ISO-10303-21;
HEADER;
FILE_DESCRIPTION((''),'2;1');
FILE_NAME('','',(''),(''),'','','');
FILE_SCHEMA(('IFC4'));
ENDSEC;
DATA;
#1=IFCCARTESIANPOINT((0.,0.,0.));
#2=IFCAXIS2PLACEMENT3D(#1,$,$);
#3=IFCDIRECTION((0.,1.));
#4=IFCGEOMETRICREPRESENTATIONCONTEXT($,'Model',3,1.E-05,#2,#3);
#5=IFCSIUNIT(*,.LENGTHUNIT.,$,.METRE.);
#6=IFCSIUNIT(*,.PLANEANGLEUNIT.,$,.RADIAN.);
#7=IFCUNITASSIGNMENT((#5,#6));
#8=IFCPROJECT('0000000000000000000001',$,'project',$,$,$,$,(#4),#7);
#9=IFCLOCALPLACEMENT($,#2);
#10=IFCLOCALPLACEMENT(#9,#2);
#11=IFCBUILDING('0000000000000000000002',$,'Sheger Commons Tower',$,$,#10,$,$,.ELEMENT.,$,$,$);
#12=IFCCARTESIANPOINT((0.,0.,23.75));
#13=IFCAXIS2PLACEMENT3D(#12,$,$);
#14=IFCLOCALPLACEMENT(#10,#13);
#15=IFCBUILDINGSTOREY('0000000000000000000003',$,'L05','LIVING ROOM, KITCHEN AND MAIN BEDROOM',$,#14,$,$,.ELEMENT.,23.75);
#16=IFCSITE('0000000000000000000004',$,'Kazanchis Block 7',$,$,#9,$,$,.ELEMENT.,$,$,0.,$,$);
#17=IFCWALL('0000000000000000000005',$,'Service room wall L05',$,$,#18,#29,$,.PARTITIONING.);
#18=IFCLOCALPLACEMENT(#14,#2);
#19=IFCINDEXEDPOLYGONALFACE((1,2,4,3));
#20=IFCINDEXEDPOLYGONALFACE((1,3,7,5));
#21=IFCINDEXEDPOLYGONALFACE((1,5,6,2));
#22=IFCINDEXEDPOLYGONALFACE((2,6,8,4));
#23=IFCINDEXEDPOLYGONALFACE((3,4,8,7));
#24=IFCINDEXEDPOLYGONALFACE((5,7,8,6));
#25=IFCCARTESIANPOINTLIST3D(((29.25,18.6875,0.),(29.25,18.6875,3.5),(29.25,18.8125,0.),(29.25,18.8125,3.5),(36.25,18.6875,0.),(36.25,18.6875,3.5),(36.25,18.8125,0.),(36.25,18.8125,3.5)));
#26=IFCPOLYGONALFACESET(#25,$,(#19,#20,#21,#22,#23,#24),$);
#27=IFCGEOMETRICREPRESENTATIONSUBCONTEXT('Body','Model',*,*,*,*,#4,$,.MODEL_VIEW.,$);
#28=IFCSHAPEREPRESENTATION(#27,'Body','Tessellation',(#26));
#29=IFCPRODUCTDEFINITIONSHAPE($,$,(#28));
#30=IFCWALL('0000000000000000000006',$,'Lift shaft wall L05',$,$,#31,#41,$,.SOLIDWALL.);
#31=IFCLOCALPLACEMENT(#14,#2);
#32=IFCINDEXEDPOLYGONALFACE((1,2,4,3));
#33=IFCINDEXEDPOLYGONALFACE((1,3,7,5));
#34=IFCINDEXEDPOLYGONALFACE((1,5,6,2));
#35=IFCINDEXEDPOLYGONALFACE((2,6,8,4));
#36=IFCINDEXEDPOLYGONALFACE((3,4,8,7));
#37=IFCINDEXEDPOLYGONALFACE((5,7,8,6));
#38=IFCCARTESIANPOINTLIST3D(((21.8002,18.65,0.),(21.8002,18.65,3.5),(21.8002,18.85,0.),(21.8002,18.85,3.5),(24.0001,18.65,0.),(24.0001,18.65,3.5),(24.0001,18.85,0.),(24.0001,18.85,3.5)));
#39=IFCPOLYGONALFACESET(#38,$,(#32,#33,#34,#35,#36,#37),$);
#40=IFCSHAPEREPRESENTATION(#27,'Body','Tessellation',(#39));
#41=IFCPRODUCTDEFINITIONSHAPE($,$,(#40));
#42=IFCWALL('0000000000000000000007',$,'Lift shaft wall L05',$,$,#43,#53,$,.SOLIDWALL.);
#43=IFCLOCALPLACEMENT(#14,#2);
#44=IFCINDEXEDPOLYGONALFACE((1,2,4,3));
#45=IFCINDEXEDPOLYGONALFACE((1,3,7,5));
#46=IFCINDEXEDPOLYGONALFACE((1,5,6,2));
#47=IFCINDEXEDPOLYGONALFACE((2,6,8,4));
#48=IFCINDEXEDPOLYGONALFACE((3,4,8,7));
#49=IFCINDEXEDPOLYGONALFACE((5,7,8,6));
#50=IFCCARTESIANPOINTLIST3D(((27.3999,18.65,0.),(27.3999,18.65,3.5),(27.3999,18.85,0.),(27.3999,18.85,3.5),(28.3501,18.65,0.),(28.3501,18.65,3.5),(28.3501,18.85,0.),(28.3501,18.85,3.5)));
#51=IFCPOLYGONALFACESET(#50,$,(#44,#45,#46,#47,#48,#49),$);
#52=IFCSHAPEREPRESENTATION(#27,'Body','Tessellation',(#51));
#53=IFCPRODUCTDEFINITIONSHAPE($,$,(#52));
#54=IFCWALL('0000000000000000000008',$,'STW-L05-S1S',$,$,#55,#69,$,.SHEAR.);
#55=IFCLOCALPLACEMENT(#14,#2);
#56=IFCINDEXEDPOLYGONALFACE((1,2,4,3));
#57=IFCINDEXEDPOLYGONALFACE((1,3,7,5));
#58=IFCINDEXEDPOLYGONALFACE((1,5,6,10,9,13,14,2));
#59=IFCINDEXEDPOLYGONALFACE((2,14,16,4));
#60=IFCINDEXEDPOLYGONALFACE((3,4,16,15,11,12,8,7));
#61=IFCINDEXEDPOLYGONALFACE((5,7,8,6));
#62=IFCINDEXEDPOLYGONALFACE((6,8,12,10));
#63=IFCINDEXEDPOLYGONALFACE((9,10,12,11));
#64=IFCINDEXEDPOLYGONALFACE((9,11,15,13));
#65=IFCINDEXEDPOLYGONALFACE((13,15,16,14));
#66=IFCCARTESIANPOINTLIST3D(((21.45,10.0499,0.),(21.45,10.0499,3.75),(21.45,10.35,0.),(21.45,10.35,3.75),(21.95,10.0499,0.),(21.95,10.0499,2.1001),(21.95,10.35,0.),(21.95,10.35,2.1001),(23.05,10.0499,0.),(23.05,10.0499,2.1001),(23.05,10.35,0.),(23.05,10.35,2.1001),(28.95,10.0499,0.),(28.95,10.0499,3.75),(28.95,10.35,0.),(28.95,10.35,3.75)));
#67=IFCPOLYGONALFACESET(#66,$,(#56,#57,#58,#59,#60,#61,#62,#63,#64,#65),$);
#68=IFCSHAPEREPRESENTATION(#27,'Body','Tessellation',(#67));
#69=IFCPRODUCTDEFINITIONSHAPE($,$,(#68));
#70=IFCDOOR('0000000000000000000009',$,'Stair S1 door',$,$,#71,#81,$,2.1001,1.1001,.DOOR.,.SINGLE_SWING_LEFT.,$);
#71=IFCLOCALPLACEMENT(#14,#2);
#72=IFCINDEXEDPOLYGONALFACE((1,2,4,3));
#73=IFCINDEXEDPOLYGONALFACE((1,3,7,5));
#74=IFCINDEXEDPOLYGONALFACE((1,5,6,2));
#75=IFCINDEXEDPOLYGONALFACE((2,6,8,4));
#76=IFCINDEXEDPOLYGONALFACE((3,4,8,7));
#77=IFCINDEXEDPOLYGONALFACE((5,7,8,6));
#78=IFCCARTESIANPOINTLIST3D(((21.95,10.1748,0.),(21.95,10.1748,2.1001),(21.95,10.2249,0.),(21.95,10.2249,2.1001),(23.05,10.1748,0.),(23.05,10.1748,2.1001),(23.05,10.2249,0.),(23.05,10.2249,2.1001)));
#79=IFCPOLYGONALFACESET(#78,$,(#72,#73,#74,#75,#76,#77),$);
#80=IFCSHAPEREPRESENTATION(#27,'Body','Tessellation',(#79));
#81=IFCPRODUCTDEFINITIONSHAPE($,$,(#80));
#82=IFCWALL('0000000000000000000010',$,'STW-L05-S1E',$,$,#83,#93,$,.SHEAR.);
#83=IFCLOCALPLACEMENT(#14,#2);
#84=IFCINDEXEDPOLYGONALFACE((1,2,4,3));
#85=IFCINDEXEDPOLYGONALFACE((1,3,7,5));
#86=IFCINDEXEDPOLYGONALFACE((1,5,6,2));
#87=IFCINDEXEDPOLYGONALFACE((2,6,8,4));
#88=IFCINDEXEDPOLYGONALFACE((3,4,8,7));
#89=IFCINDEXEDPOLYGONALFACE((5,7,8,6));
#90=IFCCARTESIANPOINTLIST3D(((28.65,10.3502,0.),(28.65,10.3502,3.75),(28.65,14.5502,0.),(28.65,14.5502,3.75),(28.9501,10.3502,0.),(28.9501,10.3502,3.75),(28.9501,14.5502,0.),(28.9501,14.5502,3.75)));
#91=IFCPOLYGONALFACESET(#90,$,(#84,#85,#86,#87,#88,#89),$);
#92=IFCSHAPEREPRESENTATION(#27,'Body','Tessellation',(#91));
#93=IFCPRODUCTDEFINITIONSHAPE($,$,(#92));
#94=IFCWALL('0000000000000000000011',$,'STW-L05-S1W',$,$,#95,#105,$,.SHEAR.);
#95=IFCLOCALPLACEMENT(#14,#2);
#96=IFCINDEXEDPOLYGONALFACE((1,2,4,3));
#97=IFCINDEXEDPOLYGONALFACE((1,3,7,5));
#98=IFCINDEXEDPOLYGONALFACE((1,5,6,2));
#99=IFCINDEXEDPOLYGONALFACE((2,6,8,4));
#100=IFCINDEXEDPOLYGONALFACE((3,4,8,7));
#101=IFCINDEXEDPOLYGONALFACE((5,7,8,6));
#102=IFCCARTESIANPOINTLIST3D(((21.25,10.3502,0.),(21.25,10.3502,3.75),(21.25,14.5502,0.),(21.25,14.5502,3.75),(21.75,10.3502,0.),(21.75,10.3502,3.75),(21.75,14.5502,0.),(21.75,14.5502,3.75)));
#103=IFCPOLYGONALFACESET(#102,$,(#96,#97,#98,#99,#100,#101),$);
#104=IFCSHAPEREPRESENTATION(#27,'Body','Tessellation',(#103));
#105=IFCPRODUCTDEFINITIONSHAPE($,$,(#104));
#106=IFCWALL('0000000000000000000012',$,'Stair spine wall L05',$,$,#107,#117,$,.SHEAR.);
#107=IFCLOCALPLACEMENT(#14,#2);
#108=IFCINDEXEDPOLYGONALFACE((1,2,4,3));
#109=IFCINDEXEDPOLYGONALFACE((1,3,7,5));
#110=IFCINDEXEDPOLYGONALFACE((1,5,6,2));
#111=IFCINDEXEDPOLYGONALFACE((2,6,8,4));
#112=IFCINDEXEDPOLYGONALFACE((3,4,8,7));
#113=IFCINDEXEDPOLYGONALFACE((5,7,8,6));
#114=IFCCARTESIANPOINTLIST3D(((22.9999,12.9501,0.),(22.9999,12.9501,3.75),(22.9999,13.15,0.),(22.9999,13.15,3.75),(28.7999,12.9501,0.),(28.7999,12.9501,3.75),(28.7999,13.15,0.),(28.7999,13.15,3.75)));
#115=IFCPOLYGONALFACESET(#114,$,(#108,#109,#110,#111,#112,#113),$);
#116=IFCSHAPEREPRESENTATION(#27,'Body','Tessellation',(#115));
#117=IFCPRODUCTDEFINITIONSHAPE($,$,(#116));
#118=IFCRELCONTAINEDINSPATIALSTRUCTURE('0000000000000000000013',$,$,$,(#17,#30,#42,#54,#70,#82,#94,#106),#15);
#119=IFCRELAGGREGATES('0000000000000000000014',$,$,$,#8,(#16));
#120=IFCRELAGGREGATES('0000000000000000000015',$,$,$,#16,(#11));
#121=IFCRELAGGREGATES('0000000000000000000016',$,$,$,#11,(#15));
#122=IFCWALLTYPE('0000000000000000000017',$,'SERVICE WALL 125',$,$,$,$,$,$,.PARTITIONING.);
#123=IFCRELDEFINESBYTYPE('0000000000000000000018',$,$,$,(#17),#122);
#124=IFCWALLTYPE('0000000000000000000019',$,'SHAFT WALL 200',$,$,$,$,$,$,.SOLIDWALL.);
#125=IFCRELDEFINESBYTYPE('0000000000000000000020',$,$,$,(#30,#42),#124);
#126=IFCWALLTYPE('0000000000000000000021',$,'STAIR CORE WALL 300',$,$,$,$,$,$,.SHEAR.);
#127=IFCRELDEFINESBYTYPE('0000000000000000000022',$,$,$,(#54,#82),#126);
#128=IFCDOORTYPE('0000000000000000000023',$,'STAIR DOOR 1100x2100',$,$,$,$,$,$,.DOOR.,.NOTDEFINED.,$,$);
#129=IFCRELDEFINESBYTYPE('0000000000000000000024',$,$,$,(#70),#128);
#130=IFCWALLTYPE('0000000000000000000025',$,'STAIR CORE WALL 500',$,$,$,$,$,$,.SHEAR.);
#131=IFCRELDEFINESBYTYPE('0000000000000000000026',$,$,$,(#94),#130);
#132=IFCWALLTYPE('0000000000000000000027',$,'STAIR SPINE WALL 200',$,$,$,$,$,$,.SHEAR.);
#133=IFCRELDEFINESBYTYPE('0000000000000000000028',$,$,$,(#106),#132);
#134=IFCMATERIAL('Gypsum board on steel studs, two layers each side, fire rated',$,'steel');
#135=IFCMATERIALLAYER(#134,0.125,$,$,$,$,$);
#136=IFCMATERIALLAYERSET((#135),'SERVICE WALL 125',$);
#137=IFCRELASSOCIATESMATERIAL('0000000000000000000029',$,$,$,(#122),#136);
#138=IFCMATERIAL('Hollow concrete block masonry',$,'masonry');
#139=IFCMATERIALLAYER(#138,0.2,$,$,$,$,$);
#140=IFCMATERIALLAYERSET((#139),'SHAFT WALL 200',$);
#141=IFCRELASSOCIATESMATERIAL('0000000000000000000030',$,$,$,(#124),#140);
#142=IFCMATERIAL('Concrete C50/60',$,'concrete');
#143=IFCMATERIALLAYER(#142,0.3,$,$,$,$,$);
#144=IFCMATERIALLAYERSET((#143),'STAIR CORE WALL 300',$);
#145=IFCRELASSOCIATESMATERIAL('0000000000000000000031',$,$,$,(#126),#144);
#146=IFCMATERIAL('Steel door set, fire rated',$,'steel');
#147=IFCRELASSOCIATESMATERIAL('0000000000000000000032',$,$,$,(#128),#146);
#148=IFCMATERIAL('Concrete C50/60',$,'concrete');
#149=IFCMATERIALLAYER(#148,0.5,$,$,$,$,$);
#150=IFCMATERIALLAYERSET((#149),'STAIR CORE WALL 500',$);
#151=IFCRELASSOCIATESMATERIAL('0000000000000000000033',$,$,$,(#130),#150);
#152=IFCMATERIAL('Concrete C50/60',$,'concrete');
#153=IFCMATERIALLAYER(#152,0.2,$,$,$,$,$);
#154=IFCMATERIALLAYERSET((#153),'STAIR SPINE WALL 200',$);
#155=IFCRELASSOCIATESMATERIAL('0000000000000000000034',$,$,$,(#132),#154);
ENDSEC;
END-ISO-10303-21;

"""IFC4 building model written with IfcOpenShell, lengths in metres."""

from ifc_helpers import new_model, si_unit, direction, frame, frame_2d, origin, place, context, subcontext, project, spatial, rectangle, extrude, material, layer, layer_set, type_object, element, fill, save


model = new_model("IFC4")

# Units and contexts
model_context = context("Model", 3, precision=1e-05, world=origin(), true_north=direction((0.0, 1.0)))
body_context = subcontext(model_context, "Body", "Model", "MODEL_VIEW")
ifc_project = project(units=[si_unit("LENGTHUNIT", "METRE"), si_unit("PLANEANGLEUNIT", "RADIAN")], contexts=[model_context])

# Site, building, storey
site_placement = place(None, origin())
site = spatial("IfcSite", under=ifc_project, at=site_placement, Name="Kazanchis Block 7", CompositionType="ELEMENT", RefElevation=0.0)
building_placement = place(site_placement, origin())
building = spatial("IfcBuilding", under=site, at=building_placement, Name="Sheger Commons Tower", CompositionType="ELEMENT")
storey_placement = place(building_placement, frame((0.0, 0.0, 23.75)))
storey = spatial("IfcBuildingStorey", under=building, at=storey_placement, Name="L05", Description="LIVING ROOM, KITCHEN AND MAIN BEDROOM", CompositionType="ELEMENT", Elevation=23.75)

# Walls
ifc_material_1 = material(Name="Gypsum board on steel studs, two layers each side, fire rated", Category="steel")
ifc_layer_1 = layer(ifc_material_1, 0.125)
ifc_layer_set_1 = layer_set([ifc_layer_1], Name="SERVICE WALL 125")
wall_type_1 = type_object("IfcWallType", Name="SERVICE WALL 125", PredefinedType="PARTITIONING", material=ifc_layer_set_1)
wall_1_placement = place(storey_placement, frame((29.25, 18.75, 0.0), z_axis=(0.0, 0.0, 1.0), x_axis=(1.0, 0.0, 0.0)))
element("IfcWall", 1, at=wall_1_placement, inside=storey, type_object=wall_type_1, Name="Service room wall L05", PredefinedType="PARTITIONING", context=body_context, shape_type="SweptSolid", body=[
    extrude(rectangle(XDim=7.0, YDim=0.125, at=frame_2d((3.5, 0.0))), origin(), (0.0, 0.0, 1.0), 3.5),
])
ifc_material_2 = material(Name="Hollow concrete block masonry", Category="masonry")
ifc_layer_2 = layer(ifc_material_2, 0.2)
ifc_layer_set_2 = layer_set([ifc_layer_2], Name="SHAFT WALL 200")
wall_type_2 = type_object("IfcWallType", Name="SHAFT WALL 200", PredefinedType="SOLIDWALL", material=ifc_layer_set_2)
wall_2_placement = place(storey_placement, frame((21.8, 18.75, 0.0), z_axis=(0.0, 0.0, 1.0), x_axis=(1.0, 0.0, 0.0)))
element("IfcWall", 2, at=wall_2_placement, inside=storey, type_object=wall_type_2, Name="Lift shaft wall L05", PredefinedType="SOLIDWALL", context=body_context, shape_type="SweptSolid", body=[
    extrude(rectangle(XDim=2.2, YDim=0.2, at=frame_2d((1.1001, 0.0))), origin(), (0.0, 0.0, 1.0), 3.5),
])
wall_3_placement = place(storey_placement, frame((27.3999, 18.75, 0.0), z_axis=(0.0, 0.0, 1.0), x_axis=(1.0, 0.0, 0.0)))
element("IfcWall", 3, at=wall_3_placement, inside=storey, type_object=wall_type_2, Name="Lift shaft wall L05", PredefinedType="SOLIDWALL", context=body_context, shape_type="SweptSolid", body=[
    extrude(rectangle(XDim=0.9502, YDim=0.2, at=frame_2d((0.4751, 0.0))), origin(), (0.0, 0.0, 1.0), 3.5),
])

# Wall, opening, door
ifc_material_3 = material(Name="Concrete C50/60", Category="concrete")
ifc_layer_3 = layer(ifc_material_3, 0.3)
ifc_layer_set_3 = layer_set([ifc_layer_3], Name="STAIR CORE WALL 300")
wall_type_3 = type_object("IfcWallType", Name="STAIR CORE WALL 300", PredefinedType="SHEAR", material=ifc_layer_set_3)
wall_4_placement = place(storey_placement, frame((21.45, 10.2, 0.0), z_axis=(0.0, 0.0, 1.0), x_axis=(1.0, 0.0, 0.0)))
wall_4 = element("IfcWall", 4, at=wall_4_placement, inside=storey, type_object=wall_type_3, Name="STW-L05-S1S", PredefinedType="SHEAR", context=body_context, shape_type="SweptSolid", body=[
    extrude(rectangle(XDim=7.5, YDim=0.3, at=frame_2d((3.75, 0.0))), origin(), (0.0, 0.0, 1.0), 3.75),
])
opening_1_placement = place(wall_4_placement, frame((0.5, 0.0, 0.0)))
opening_1 = element("IfcOpeningElement", 5, at=opening_1_placement, cuts=wall_4, PredefinedType="OPENING", context=body_context, shape_type="SweptSolid", body=[
    extrude(rectangle(XDim=1.1001, YDim=2.1001, at=frame_2d((0.55, 1.05))), frame((0.0, 0.1599, 0.0), z_axis=(0.0, -1.0, 0.0), x_axis=(1.0, 0.0, 0.0)), (0.0, 0.0, 1.0), 0.3201),
])
ifc_material_4 = material(Name="Steel door set, fire rated", Category="steel")
door_type_1 = type_object("IfcDoorType", Name="STAIR DOOR 1100x2100", OperationType="NOTDEFINED", PredefinedType="DOOR", material=ifc_material_4)
door_1_placement = place(opening_1_placement, origin())
door_1 = element("IfcDoor", 6, at=door_1_placement, inside=storey, type_object=door_type_1, Name="Stair S1 door", OperationType="SINGLE_SWING_LEFT", OverallHeight=2.1001, OverallWidth=1.1001, PredefinedType="DOOR", context=body_context, shape_type="SweptSolid", body=[
    extrude(rectangle(XDim=1.1001, YDim=2.1001, at=frame_2d((0.55, 1.05))), frame((0.0, 0.0249, 0.0), z_axis=(0.0, -1.0, 0.0), x_axis=(1.0, 0.0, 0.0)), (0.0, 0.0, 1.0), 0.05),
])
fill(opening_1, door_1)

# Walls
wall_5_placement = place(storey_placement, frame((28.8, 10.3501, 0.0), z_axis=(0.0, 0.0, 1.0), x_axis=(0.0, 1.0, 0.0)))
element("IfcWall", 7, at=wall_5_placement, inside=storey, type_object=wall_type_3, Name="STW-L05-S1E", PredefinedType="SHEAR", context=body_context, shape_type="SweptSolid", body=[
    extrude(rectangle(XDim=4.2, YDim=0.3, at=frame_2d((2.1001, 0.0))), origin(), (0.0, 0.0, 1.0), 3.75),
])
ifc_material_5 = material(Name="Concrete C50/60", Category="concrete")
ifc_layer_4 = layer(ifc_material_5, 0.5)
ifc_layer_set_4 = layer_set([ifc_layer_4], Name="STAIR CORE WALL 500")
wall_type_4 = type_object("IfcWallType", Name="STAIR CORE WALL 500", PredefinedType="SHEAR", material=ifc_layer_set_4)
wall_6_placement = place(storey_placement, frame((21.5, 10.3501, 0.0), z_axis=(0.0, 0.0, 1.0), x_axis=(0.0, 1.0, 0.0)))
element("IfcWall", 8, at=wall_6_placement, inside=storey, type_object=wall_type_4, Name="STW-L05-S1W", PredefinedType="SHEAR", context=body_context, shape_type="SweptSolid", body=[
    extrude(rectangle(XDim=4.2, YDim=0.5, at=frame_2d((2.1001, 0.0))), origin(), (0.0, 0.0, 1.0), 3.75),
])
ifc_material_6 = material(Name="Concrete C50/60", Category="concrete")
ifc_layer_5 = layer(ifc_material_6, 0.2)
ifc_layer_set_5 = layer_set([ifc_layer_5], Name="STAIR SPINE WALL 200")
wall_type_5 = type_object("IfcWallType", Name="STAIR SPINE WALL 200", PredefinedType="SHEAR", material=ifc_layer_set_5)
wall_7_placement = place(storey_placement, frame((23.0, 13.05, 0.0), z_axis=(0.0, 0.0, 1.0), x_axis=(1.0, 0.0, 0.0)))
element("IfcWall", 9, at=wall_7_placement, inside=storey, type_object=wall_type_5, Name="Stair spine wall L05", PredefinedType="SHEAR", context=body_context, shape_type="SweptSolid", body=[
    extrude(rectangle(XDim=5.8, YDim=0.2, at=frame_2d((2.8999, 0.0))), origin(), (0.0, 0.0, 1.0), 3.75),
])

save(model, "model.ifc")
